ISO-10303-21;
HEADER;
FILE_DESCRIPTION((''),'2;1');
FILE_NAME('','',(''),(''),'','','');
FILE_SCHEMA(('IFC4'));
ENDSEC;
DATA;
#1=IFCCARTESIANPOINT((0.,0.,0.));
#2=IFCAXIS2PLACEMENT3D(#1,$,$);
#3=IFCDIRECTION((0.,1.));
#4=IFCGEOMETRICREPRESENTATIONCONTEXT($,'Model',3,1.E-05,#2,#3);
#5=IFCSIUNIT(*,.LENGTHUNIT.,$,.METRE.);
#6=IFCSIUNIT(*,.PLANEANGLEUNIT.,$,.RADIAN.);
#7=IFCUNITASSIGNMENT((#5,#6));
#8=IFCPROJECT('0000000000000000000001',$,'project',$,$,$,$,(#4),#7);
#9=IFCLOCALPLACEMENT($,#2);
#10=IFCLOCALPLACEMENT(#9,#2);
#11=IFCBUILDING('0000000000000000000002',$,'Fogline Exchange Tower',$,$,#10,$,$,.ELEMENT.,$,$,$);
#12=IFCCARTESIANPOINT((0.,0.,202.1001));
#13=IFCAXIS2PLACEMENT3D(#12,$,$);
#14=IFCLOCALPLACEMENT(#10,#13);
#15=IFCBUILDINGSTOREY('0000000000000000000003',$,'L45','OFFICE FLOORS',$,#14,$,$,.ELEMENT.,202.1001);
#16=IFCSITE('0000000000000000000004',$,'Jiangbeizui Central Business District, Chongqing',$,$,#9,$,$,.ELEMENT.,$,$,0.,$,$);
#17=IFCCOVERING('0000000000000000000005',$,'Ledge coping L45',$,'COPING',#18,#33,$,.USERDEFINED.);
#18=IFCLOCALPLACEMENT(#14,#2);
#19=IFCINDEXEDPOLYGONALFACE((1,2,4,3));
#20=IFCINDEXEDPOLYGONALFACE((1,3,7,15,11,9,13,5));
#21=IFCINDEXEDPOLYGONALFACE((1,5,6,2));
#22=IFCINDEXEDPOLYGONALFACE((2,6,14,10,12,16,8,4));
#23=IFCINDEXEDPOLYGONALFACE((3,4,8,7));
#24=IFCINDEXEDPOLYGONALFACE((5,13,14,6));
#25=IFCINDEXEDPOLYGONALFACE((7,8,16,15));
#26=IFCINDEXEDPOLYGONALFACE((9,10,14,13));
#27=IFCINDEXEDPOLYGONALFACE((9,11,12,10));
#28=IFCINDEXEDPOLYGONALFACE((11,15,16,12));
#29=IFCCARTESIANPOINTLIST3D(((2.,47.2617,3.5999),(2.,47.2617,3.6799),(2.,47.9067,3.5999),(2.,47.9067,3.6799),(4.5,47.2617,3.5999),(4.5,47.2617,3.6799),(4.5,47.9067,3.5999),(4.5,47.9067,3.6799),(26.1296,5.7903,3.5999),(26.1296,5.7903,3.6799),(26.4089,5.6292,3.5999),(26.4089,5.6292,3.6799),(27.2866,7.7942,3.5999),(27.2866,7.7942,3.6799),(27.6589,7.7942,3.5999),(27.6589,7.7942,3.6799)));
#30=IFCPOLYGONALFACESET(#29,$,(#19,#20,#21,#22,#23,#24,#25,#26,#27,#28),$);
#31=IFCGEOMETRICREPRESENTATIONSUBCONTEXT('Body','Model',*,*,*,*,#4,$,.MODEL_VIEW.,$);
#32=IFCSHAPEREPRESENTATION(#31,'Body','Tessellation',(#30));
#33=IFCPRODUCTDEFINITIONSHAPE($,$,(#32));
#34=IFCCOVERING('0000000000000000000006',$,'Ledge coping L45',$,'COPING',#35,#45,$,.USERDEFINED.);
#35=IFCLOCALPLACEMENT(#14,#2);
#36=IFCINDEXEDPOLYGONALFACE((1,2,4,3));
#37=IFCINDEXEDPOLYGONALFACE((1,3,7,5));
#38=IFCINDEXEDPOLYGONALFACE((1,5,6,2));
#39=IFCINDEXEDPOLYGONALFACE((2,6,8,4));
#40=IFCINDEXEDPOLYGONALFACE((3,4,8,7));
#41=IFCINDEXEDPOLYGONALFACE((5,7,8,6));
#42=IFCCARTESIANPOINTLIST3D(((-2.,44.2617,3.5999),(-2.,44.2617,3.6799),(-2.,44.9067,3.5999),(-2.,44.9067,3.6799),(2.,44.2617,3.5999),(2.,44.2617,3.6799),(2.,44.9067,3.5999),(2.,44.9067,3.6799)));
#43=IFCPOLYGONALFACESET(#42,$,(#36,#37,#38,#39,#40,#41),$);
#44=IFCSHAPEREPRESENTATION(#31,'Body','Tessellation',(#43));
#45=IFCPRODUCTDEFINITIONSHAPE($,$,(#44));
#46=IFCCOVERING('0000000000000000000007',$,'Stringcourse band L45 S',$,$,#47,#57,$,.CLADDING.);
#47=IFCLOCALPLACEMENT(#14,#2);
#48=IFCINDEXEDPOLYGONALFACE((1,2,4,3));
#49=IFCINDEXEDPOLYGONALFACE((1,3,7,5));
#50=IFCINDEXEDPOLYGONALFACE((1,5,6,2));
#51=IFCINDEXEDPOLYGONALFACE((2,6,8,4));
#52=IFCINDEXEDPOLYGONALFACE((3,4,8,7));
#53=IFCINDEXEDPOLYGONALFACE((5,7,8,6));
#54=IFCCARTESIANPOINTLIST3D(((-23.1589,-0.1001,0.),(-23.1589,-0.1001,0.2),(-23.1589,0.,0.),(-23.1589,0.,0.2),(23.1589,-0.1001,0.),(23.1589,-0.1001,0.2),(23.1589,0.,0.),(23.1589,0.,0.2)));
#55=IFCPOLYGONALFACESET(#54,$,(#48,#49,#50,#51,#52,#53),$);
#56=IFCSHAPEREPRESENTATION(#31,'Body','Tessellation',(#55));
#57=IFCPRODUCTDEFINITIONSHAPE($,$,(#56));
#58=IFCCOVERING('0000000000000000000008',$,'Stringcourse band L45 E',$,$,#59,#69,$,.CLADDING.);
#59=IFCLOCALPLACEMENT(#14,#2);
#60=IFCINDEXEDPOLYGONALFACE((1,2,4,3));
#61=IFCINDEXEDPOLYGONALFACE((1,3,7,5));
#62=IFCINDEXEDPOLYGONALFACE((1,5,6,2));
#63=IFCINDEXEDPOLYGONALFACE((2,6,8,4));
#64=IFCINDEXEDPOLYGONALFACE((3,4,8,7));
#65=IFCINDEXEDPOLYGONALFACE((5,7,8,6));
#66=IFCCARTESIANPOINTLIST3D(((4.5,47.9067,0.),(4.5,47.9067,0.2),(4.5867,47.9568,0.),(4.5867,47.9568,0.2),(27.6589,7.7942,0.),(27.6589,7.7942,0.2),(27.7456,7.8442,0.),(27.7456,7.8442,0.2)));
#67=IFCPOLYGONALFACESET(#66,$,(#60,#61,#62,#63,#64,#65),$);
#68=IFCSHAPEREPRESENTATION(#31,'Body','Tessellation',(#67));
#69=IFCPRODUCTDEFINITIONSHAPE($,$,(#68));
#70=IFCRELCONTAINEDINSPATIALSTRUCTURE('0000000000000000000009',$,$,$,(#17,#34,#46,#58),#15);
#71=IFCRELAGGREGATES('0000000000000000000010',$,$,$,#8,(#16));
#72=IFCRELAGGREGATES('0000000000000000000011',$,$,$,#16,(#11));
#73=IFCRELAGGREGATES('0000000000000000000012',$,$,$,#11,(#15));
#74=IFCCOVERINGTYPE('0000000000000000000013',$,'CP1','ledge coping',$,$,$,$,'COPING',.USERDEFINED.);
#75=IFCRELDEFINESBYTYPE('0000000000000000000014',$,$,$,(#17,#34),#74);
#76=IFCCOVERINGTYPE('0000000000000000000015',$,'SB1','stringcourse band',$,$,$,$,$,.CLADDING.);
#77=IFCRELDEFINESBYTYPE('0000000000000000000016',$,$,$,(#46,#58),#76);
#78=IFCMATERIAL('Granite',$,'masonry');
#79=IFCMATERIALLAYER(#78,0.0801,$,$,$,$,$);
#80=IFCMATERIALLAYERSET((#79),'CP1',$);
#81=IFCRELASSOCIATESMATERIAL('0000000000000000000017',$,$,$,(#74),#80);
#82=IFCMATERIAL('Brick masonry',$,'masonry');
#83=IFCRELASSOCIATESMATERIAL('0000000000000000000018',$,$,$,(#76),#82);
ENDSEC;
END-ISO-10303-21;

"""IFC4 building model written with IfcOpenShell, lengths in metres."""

from ifc_helpers import new_model, si_unit, direction, frame, origin, place, context, subcontext, project, spatial, polyline, outline, extrude, material, layer, layer_set, type_object, element, save


model = new_model("IFC4")

# Units and contexts
model_context = context("Model", 3, precision=1e-05, world=origin(), true_north=direction((0.0, 1.0)))
body_context = subcontext(model_context, "Body", "Model", "MODEL_VIEW")
ifc_project = project(units=[si_unit("LENGTHUNIT", "METRE"), si_unit("PLANEANGLEUNIT", "RADIAN")], contexts=[model_context])

# Site, building, storey
site_placement = place(None, origin())
site = spatial("IfcSite", under=ifc_project, at=site_placement, Name="Jiangbeizui Central Business District, Chongqing", CompositionType="ELEMENT", RefElevation=0.0)
building_placement = place(site_placement, origin())
building = spatial("IfcBuilding", under=site, at=building_placement, Name="Fogline Exchange Tower", CompositionType="ELEMENT")
storey_placement = place(building_placement, frame((0.0, 0.0, 202.1001)))
storey = spatial("IfcBuildingStorey", under=building, at=storey_placement, Name="L45", Description="OFFICE FLOORS", CompositionType="ELEMENT", Elevation=202.1001)

# Shared definitions
ifc_material_1 = material(Name="Brick masonry", Category="masonry")

# Coverings
ifc_material_2 = material(Name="Granite", Category="masonry")
ifc_layer_1 = layer(ifc_material_2, 0.0801)
ifc_layer_set_1 = layer_set([ifc_layer_1], Name="CP1")
covering_type_1 = type_object("IfcCoveringType", Name="CP1", Description="ledge coping", ElementType="COPING", PredefinedType="USERDEFINED", material=ifc_layer_set_1)
covering_1_placement = place(storey_placement, frame((0.0, 0.0, 3.5999)))
element("IfcCovering", 1, at=covering_1_placement, inside=storey, type_object=covering_type_1, Name="Ledge coping L45", ObjectType="COPING", PredefinedType="USERDEFINED", context=body_context, shape_type="SweptSolid", body=[
    extrude(outline(polyline([(2.0, 47.9067), (2.0, 47.2617), (4.5, 47.2617), (27.2866, 7.7942), (26.1296, 5.7903), (26.4089, 5.6292), (27.6589, 7.7942), (4.5, 47.9067), (2.0, 47.9067)])), origin(), (0.0, 0.0, 1.0), 0.0801),
])
covering_2_placement = place(storey_placement, frame((0.0, 0.0, 3.5999)))
element("IfcCovering", 2, at=covering_2_placement, inside=storey, type_object=covering_type_1, Name="Ledge coping L45", ObjectType="COPING", PredefinedType="USERDEFINED", context=body_context, shape_type="SweptSolid", body=[
    extrude(outline(polyline([(2.0, 44.9067), (-2.0, 44.9067), (-2.0, 44.2617), (2.0, 44.2617), (2.0, 44.9067)])), origin(), (0.0, 0.0, 1.0), 0.0801),
])
covering_type_2 = type_object("IfcCoveringType", Name="SB1", Description="stringcourse band", PredefinedType="CLADDING", material=ifc_material_1)
covering_3_placement = place(storey_placement, origin())
element("IfcCovering", 3, at=covering_3_placement, inside=storey, type_object=covering_type_2, Name="Stringcourse band L45 S", PredefinedType="CLADDING", context=body_context, shape_type="SweptSolid", body=[
    extrude(outline(polyline([(-23.1589, 0.0), (-23.1589, -0.1001), (23.1589, -0.1001), (23.1589, 0.0), (-23.1589, 0.0)])), origin(), (0.0, 0.0, 1.0), 0.2),
])
covering_4_placement = place(storey_placement, origin())
element("IfcCovering", 4, at=covering_4_placement, inside=storey, type_object=covering_type_2, Name="Stringcourse band L45 E", PredefinedType="CLADDING", context=body_context, shape_type="SweptSolid", body=[
    extrude(outline(polyline([(27.6589, 7.7942), (27.7456, 7.8442), (4.5867, 47.9568), (4.5, 47.9067), (27.6589, 7.7942)])), origin(), (0.0, 0.0, 1.0), 0.2),
])

save(model, "model.ifc")
